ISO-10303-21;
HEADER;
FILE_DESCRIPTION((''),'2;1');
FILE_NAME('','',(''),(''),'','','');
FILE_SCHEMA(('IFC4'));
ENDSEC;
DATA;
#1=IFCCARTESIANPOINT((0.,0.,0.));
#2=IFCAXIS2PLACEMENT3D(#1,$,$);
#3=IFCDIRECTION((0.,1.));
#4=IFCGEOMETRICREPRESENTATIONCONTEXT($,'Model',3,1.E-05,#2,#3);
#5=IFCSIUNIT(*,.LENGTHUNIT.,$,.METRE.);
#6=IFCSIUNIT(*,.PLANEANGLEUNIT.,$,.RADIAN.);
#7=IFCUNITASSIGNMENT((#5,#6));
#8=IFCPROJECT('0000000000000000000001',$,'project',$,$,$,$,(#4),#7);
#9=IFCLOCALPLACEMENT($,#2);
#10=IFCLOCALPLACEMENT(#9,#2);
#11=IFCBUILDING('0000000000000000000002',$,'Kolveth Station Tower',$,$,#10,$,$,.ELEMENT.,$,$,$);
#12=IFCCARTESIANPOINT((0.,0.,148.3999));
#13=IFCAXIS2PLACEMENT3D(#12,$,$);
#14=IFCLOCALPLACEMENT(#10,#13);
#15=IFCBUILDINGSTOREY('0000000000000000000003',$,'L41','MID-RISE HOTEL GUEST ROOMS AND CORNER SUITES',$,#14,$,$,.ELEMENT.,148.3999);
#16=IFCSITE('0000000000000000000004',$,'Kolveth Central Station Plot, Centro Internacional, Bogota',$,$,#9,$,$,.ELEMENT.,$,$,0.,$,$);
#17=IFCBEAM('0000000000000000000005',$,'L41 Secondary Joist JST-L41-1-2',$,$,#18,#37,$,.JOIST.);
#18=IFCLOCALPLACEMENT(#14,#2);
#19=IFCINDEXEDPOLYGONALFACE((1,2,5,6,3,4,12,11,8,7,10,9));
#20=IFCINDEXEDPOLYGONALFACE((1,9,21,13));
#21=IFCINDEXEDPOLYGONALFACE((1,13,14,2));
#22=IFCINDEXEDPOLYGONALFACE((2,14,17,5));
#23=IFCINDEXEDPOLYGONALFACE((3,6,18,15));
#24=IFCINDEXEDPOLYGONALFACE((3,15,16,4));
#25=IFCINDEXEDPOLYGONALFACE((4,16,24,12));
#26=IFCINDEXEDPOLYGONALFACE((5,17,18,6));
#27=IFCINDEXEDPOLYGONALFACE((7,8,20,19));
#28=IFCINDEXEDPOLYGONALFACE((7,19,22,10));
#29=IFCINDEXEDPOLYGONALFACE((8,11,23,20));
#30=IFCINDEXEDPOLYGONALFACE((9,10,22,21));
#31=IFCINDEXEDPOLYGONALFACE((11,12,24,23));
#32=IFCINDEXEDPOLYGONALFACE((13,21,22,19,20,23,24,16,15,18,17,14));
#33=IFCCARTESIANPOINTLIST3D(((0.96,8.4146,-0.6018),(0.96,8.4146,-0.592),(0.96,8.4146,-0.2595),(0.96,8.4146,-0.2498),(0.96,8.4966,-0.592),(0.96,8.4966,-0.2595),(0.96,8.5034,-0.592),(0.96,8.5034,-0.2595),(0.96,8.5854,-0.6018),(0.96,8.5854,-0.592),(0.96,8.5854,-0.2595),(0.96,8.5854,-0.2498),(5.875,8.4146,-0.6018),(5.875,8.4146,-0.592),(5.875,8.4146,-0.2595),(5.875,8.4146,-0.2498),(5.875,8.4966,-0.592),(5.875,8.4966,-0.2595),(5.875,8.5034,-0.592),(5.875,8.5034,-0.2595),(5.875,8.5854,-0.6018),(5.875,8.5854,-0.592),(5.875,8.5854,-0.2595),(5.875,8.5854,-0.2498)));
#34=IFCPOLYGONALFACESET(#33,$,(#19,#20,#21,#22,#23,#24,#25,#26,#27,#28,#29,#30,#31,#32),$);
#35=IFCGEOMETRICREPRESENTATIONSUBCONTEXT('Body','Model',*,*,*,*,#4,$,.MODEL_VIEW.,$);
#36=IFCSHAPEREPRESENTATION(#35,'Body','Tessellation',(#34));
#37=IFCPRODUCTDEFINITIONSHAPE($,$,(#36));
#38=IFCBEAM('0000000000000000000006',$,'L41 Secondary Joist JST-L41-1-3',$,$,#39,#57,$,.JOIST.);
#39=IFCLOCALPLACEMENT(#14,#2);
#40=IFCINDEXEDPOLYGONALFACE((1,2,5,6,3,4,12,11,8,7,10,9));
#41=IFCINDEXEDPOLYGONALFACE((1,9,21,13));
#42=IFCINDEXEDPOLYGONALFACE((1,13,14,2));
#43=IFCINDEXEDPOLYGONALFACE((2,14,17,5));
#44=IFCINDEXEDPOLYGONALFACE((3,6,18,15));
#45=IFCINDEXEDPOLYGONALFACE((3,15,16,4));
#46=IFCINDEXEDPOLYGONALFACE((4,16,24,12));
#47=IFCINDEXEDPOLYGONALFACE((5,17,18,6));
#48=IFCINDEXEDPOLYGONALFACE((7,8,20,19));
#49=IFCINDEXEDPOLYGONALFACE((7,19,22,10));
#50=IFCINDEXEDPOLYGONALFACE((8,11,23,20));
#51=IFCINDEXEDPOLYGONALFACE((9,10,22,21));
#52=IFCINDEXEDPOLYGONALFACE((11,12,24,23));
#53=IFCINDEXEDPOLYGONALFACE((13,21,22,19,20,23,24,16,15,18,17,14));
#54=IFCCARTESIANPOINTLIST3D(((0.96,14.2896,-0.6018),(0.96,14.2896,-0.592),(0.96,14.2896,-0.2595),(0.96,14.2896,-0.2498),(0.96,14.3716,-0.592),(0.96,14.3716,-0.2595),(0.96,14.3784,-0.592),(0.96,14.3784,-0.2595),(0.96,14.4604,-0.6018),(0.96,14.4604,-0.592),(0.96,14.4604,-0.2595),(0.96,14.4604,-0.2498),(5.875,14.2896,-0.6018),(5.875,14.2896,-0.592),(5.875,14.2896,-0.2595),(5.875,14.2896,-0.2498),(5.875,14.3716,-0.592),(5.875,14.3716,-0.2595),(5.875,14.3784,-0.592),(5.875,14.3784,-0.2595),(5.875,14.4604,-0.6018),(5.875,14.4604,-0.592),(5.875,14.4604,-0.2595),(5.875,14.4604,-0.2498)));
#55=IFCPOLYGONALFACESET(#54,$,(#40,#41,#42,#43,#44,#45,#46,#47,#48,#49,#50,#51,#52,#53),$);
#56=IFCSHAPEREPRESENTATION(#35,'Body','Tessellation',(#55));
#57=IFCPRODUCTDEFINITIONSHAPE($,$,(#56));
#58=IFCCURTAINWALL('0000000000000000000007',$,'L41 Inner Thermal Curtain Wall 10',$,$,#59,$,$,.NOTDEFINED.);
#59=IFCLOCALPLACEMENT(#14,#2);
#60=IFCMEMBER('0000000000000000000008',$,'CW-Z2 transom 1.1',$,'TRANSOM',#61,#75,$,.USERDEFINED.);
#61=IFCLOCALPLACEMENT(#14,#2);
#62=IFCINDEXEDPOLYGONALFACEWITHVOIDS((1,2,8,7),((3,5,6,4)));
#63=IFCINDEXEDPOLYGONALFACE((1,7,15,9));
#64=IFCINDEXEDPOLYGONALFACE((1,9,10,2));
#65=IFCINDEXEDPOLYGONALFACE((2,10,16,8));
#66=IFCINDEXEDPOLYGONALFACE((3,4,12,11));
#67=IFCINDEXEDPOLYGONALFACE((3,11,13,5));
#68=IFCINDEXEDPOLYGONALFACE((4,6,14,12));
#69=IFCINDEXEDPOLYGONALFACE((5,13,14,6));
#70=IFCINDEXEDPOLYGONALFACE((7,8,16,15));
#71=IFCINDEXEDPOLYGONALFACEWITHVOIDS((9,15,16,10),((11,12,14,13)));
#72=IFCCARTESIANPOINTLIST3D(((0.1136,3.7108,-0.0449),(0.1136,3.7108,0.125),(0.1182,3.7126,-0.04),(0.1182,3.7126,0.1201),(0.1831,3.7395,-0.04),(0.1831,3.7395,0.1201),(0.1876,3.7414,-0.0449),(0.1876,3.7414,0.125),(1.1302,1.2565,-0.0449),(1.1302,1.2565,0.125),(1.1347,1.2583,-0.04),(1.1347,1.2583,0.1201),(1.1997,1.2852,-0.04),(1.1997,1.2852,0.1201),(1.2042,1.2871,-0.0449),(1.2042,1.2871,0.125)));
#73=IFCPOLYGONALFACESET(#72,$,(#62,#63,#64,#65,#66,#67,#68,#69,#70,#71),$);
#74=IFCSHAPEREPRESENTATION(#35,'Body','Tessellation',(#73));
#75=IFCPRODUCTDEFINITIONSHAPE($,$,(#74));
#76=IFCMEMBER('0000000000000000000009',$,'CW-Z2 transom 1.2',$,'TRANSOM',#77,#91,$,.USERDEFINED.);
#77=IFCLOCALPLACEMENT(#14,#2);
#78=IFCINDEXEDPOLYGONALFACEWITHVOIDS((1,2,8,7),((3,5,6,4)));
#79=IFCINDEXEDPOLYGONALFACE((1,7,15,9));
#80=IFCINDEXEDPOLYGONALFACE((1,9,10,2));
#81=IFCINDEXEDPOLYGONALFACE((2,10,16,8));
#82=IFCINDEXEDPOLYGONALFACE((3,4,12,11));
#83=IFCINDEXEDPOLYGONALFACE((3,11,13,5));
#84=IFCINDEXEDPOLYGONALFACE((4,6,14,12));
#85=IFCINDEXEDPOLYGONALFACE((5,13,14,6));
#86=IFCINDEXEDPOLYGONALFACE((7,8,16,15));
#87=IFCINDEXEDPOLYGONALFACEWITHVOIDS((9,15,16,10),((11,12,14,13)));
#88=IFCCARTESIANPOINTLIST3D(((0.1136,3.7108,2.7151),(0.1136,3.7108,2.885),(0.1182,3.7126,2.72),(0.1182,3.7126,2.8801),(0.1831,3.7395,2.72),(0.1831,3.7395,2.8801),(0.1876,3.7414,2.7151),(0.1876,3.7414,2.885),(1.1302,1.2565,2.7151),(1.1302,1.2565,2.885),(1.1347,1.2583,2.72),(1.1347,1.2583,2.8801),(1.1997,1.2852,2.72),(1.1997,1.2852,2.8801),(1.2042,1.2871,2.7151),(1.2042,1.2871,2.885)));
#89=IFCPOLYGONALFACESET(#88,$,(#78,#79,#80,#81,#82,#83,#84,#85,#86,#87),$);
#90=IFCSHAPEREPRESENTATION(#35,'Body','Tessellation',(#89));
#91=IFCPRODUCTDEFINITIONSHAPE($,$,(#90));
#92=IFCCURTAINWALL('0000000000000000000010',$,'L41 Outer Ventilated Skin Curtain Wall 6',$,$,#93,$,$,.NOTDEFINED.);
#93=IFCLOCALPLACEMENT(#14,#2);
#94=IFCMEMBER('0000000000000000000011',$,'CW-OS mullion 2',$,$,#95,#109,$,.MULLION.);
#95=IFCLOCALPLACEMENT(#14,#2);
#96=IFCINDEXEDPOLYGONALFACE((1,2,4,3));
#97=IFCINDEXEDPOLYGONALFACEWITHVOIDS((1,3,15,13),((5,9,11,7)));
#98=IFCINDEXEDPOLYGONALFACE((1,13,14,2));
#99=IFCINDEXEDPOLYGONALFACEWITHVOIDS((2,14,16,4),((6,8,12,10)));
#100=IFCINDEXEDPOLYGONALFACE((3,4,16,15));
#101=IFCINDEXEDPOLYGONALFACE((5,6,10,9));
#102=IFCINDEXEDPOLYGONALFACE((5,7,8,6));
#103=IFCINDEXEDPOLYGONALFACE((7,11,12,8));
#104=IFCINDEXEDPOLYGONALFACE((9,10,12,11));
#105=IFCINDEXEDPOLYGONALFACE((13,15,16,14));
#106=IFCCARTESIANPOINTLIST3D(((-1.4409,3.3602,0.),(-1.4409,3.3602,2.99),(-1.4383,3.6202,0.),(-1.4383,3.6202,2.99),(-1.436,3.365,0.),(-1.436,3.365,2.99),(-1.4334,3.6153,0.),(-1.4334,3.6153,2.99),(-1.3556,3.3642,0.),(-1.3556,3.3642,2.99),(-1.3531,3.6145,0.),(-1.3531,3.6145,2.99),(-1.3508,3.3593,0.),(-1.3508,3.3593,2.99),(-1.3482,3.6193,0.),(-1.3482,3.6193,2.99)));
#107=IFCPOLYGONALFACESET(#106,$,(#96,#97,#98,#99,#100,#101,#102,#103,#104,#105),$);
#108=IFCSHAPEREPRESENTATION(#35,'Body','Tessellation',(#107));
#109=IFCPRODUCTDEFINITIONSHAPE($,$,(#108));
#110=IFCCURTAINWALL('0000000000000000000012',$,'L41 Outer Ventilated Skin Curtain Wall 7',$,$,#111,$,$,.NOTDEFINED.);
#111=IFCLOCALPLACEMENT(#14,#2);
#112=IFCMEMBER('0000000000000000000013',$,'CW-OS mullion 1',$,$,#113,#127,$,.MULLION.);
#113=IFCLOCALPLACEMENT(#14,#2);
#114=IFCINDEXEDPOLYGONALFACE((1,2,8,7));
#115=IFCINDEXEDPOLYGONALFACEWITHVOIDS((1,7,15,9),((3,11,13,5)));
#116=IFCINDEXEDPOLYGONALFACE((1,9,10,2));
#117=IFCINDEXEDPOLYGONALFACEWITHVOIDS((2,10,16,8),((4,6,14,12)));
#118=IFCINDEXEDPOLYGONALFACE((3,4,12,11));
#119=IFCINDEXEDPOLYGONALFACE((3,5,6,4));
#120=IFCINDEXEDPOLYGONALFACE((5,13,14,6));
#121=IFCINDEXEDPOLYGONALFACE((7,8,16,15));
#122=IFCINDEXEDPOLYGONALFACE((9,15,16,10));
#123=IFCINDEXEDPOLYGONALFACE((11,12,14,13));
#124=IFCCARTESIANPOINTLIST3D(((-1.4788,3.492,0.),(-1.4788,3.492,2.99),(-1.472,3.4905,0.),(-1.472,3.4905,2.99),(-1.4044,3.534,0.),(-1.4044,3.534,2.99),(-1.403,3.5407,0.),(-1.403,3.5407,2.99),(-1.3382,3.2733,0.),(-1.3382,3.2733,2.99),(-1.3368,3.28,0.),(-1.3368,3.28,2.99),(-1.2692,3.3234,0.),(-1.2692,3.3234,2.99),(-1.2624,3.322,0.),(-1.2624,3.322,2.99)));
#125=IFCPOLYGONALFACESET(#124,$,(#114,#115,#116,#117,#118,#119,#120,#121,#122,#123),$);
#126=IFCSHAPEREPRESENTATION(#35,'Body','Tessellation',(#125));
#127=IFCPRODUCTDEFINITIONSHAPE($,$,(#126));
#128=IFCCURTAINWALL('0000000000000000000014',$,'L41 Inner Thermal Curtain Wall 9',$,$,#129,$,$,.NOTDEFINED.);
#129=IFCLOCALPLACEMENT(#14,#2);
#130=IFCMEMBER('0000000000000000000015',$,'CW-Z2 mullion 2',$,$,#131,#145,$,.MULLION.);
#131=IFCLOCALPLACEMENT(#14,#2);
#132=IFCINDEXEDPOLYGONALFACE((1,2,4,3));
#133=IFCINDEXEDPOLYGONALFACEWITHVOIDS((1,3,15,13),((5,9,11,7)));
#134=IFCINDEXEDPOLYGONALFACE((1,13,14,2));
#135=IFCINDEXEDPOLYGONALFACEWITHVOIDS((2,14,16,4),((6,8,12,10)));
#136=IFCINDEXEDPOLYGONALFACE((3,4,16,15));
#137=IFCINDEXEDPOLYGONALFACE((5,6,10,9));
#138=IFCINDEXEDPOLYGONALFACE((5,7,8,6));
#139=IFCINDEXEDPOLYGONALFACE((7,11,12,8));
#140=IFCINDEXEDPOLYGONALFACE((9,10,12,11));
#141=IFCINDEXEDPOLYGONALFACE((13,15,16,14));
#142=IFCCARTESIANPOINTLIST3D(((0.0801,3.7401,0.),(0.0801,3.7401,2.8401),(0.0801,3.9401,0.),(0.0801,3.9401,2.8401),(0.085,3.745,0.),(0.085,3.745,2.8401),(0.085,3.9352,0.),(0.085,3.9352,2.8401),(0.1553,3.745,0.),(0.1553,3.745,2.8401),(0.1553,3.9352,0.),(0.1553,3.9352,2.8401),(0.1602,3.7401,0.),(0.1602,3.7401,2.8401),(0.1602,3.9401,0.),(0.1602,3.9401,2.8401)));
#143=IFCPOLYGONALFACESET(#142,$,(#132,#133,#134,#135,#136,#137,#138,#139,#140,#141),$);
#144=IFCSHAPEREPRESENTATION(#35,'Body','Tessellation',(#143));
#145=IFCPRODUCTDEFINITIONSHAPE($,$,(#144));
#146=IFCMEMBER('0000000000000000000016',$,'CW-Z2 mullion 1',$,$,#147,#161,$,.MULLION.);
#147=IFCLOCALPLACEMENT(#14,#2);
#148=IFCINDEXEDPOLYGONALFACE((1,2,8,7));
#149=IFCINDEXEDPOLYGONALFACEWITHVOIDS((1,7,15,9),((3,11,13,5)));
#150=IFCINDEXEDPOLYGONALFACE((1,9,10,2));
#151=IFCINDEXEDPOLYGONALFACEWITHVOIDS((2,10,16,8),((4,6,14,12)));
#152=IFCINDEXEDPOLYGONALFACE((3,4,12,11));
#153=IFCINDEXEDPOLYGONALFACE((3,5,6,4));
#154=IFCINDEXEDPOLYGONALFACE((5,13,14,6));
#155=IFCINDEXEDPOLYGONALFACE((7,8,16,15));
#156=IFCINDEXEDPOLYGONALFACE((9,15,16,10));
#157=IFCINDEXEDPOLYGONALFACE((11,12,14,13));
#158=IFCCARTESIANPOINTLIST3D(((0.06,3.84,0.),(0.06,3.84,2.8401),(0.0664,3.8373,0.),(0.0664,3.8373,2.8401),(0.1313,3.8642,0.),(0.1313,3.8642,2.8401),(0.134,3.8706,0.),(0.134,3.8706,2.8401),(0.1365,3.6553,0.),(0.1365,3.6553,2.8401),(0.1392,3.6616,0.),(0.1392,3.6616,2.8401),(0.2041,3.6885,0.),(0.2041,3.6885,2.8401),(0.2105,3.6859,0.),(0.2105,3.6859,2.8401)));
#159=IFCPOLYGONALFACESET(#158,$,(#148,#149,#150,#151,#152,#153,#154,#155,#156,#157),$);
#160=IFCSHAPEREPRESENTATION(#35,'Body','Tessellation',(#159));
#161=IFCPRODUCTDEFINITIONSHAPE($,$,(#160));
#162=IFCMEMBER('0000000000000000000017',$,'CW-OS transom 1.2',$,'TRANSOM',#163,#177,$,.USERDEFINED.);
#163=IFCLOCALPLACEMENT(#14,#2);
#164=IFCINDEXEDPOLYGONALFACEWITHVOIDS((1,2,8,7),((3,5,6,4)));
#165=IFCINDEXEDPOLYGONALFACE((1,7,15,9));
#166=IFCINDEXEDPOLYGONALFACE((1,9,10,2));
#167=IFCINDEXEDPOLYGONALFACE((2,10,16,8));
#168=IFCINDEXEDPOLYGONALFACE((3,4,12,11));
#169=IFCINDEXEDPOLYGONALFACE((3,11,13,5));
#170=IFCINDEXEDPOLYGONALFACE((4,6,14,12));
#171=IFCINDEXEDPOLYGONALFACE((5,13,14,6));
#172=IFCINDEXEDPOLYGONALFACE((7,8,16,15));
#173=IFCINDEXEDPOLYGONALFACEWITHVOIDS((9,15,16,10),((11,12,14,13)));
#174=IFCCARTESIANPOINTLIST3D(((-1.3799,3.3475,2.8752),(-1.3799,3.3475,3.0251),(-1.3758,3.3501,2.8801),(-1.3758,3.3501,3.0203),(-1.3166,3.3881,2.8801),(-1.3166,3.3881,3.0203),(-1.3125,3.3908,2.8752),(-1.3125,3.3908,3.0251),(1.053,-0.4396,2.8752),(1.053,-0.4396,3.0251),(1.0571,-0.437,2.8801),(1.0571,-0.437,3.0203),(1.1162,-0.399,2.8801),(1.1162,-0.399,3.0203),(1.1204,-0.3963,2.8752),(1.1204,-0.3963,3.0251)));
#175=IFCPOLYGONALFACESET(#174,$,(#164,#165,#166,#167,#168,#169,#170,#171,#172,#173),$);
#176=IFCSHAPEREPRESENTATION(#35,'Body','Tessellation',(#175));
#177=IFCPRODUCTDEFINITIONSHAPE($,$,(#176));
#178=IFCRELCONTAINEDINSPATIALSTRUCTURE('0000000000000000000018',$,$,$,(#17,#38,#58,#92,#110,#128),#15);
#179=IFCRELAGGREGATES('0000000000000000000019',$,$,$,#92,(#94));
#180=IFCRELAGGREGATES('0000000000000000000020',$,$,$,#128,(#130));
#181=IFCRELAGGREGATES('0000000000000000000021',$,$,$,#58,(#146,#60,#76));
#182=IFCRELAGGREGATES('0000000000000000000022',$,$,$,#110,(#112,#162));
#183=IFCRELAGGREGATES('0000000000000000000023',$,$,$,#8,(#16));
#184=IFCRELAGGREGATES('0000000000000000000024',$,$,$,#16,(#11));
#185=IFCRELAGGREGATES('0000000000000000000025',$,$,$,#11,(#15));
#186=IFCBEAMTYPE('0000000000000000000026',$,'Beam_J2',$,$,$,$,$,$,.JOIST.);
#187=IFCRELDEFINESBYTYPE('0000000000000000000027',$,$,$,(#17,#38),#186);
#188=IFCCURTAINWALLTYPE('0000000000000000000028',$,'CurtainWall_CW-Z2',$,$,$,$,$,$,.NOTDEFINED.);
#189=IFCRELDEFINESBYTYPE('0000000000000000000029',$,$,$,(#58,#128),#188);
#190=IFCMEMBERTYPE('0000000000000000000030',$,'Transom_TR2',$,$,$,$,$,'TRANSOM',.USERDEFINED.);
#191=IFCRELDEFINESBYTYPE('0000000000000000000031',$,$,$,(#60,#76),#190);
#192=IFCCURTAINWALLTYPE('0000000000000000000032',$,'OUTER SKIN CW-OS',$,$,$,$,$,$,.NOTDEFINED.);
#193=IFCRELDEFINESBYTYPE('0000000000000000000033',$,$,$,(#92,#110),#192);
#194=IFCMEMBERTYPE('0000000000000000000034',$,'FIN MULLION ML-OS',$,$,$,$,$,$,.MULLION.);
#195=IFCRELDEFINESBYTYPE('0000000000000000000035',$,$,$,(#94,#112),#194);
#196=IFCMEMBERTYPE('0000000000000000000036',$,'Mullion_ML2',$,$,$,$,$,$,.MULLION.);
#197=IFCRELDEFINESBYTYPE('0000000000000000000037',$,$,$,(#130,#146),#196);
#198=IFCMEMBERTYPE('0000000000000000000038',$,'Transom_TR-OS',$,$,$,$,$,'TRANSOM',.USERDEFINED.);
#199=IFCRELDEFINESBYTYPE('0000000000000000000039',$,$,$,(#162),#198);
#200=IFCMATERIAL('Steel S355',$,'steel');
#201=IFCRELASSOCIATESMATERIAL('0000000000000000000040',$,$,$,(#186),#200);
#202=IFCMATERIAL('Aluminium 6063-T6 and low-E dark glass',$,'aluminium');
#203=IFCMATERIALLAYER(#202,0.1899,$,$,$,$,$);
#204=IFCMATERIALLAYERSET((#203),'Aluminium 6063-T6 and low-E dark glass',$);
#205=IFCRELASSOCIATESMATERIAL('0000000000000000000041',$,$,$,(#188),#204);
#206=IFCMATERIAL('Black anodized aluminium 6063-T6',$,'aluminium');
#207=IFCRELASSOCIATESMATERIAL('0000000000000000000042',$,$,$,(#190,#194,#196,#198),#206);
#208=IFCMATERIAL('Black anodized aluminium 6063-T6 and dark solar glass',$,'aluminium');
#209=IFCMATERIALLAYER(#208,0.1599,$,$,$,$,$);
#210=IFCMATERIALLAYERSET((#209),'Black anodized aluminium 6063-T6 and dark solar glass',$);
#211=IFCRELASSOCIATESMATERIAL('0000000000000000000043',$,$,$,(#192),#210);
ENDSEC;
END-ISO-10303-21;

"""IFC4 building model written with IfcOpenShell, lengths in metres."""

from ifc_helpers import new_model, si_unit, direction, frame, origin, origin_2d, place, context, subcontext, project, spatial, hollow_rectangle, i_section, extrude, source, transform, mapped, material, layer, layer_set, material_profile, profile_set, type_object, element, aggregate, save


model = new_model("IFC4")

# Units and contexts
model_context = context("Model", 3, precision=1e-05, world=origin(), true_north=direction((0.0, 1.0)))
body_context = subcontext(model_context, "Body", "Model", "MODEL_VIEW")
ifc_project = project(units=[si_unit("LENGTHUNIT", "METRE"), si_unit("PLANEANGLEUNIT", "RADIAN")], contexts=[model_context])

# Site, building, storey
site_placement = place(None, origin())
site = spatial("IfcSite", under=ifc_project, at=site_placement, Name="Kolveth Central Station Plot, Centro Internacional, Bogota", CompositionType="ELEMENT", RefElevation=0.0)
building_placement = place(site_placement, origin())
building = spatial("IfcBuilding", under=site, at=building_placement, Name="Kolveth Station Tower", CompositionType="ELEMENT")
storey_placement = place(building_placement, frame((0.0, 0.0, 148.3999)))
storey = spatial("IfcBuildingStorey", under=building, at=storey_placement, Name="L41", Description="MID-RISE HOTEL GUEST ROOMS AND CORNER SUITES", CompositionType="ELEMENT", Elevation=148.3999)

# Beams
ifc_material_1 = material(Name="Steel S355", Category="steel")
ifc_material_profile_1 = material_profile(ifc_material_1, i_section(OverallWidth=0.1709, OverallDepth=0.3521, WebThickness=0.0068, FlangeThickness=0.0098, at=origin_2d()), Name="W360x44")
ifc_profile_set_1 = profile_set([ifc_material_profile_1], Name="Steel S355")
beam_type_1 = type_object("IfcBeamType", Name="Beam_J2", PredefinedType="JOIST", material=ifc_profile_set_1)
shared_shape_1 = source(origin(), body_context, "Body", "SweptSolid", [
    extrude(i_section(OverallWidth=0.1709, OverallDepth=0.3521, WebThickness=0.0068, FlangeThickness=0.0098, at=origin_2d()), origin(), (0.0, 0.0, 1.0), 4.915),
])
for number, where, z_axis, x_axis, name in (
    (1, (0.96, 8.5, -0.4258), (1.0, 0.0, 0.0), (0.0, 1.0, 0.0), "L41 Secondary Joist JST-L41-1-2"),
    (2, (0.96, 14.375, -0.4258), (1.0, 0.0, 0.0), (0.0, 1.0, 0.0), "L41 Secondary Joist JST-L41-1-3"),
):
    element("IfcBeam", number, at=place(storey_placement, frame(where, z_axis=z_axis, x_axis=x_axis)), inside=storey, type_object=beam_type_1, Name=name, PredefinedType="JOIST", context=body_context, shape_type="MappedRepresentation", body=[
        mapped(shared_shape_1, transform((0.0, 0.0, 0.0), x_axis=(1.0, 0.0, 0.0), y_axis=(0.0, 1.0, 0.0), z_axis=(0.0, 0.0, 1.0), scale=1.0)),
    ])

# Curtain wall, members
ifc_material_2 = material(Name="Aluminium 6063-T6 and low-E dark glass", Category="aluminium")
ifc_layer_1 = layer(ifc_material_2, 0.1899)
ifc_layer_set_1 = layer_set([ifc_layer_1], Name="Aluminium 6063-T6 and low-E dark glass")
curtain_wall_type_1 = type_object("IfcCurtainWallType", Name="CurtainWall_CW-Z2", PredefinedType="NOTDEFINED", material=ifc_layer_set_1)
curtain_wall_1_placement = place(storey_placement, origin())
curtain_wall_1 = element("IfcCurtainWall", 3, at=curtain_wall_1_placement, inside=storey, type_object=curtain_wall_type_1, Name="L41 Inner Thermal Curtain Wall 10", PredefinedType="NOTDEFINED")
ifc_material_3 = material(Name="Black anodized aluminium 6063-T6", Category="aluminium")
ifc_material_profile_2 = material_profile(ifc_material_3, hollow_rectangle(XDim=0.0801, YDim=0.1699, WallThickness=0.0049, at=origin_2d()), Name="ALU-80x170x5")
ifc_profile_set_2 = profile_set([ifc_material_profile_2], Name="Black anodized aluminium 6063-T6")
member_type_1 = type_object("IfcMemberType", Name="Transom_TR2", ElementType="TRANSOM", PredefinedType="USERDEFINED", material=ifc_profile_set_2)
shared_shape_2 = source(origin(), body_context, "Body", "SweptSolid", [
    extrude(hollow_rectangle(XDim=0.0801, YDim=0.1699, WallThickness=0.0049, at=origin_2d()), origin(), (0.0, 0.0, 1.0), 2.6565),
])
member_1_placement = place(storey_placement, frame((0.1506, 3.7261, 0.04), z_axis=(0.382676, -0.923882, 0.0), x_axis=(0.923882, 0.382676, 0.0)))
member_1 = element("IfcMember", 4, at=member_1_placement, type_object=member_type_1, Name="CW-Z2 transom 1.1", ObjectType="TRANSOM", PredefinedType="USERDEFINED", context=body_context, shape_type="MappedRepresentation", body=[
    mapped(shared_shape_2, transform((0.0, 0.0, 0.0), x_axis=(1.0, 0.0, 0.0), y_axis=(0.0, 1.0, 0.0), z_axis=(0.0, 0.0, 1.0), scale=1.0)),
])
member_2_placement = place(storey_placement, frame((0.1506, 3.7261, 2.8), z_axis=(0.382676, -0.923882, 0.0), x_axis=(0.923882, 0.382676, 0.0)))
member_2 = element("IfcMember", 5, at=member_2_placement, type_object=member_type_1, Name="CW-Z2 transom 1.2", ObjectType="TRANSOM", PredefinedType="USERDEFINED", context=body_context, shape_type="MappedRepresentation", body=[
    mapped(shared_shape_2, transform((0.0, 0.0, 0.0), x_axis=(1.0, 0.0, 0.0), y_axis=(0.0, 1.0, 0.0), z_axis=(0.0, 0.0, 1.0), scale=1.0)),
])

# Curtain walls, members
ifc_material_4 = material(Name="Black anodized aluminium 6063-T6 and dark solar glass", Category="aluminium")
ifc_layer_2 = layer(ifc_material_4, 0.1599)
ifc_layer_set_2 = layer_set([ifc_layer_2], Name="Black anodized aluminium 6063-T6 and dark solar glass")
curtain_wall_type_2 = type_object("IfcCurtainWallType", Name="OUTER SKIN CW-OS", PredefinedType="NOTDEFINED", material=ifc_layer_set_2)
curtain_wall_2_placement = place(storey_placement, origin())
curtain_wall_2 = element("IfcCurtainWall", 6, at=curtain_wall_2_placement, inside=storey, type_object=curtain_wall_type_2, Name="L41 Outer Ventilated Skin Curtain Wall 6", PredefinedType="NOTDEFINED")
ifc_material_profile_3 = material_profile(ifc_material_3, hollow_rectangle(XDim=0.0901, YDim=0.26, WallThickness=0.0049, at=origin_2d()), Name="ALU-90x260x5")
ifc_profile_set_3 = profile_set([ifc_material_profile_3], Name="Black anodized aluminium 6063-T6")
member_type_2 = type_object("IfcMemberType", Name="FIN MULLION ML-OS", PredefinedType="MULLION", material=ifc_profile_set_3)
shared_shape_3 = source(origin(), body_context, "Body", "SweptSolid", [
    extrude(hollow_rectangle(XDim=0.0901, YDim=0.26, WallThickness=0.0049, at=origin_2d()), origin(), (0.0, 0.0, 1.0), 2.99),
])
member_3_placement = place(storey_placement, frame((-1.3945, 3.4897, 0.0), z_axis=(0.0, 0.0, 1.0), x_axis=(0.999949, -0.010109, 0.0)))
member_3 = element("IfcMember", 7, at=member_3_placement, type_object=member_type_2, Name="CW-OS mullion 2", PredefinedType="MULLION", context=body_context, shape_type="MappedRepresentation", body=[
    mapped(shared_shape_3, transform((0.0, 0.0, 0.0), x_axis=(1.0, 0.0, 0.0), y_axis=(0.0, 1.0, 0.0), z_axis=(0.0, 0.0, 1.0), scale=1.0)),
])
aggregate(curtain_wall_2, [member_3])
curtain_wall_3_placement = place(storey_placement, origin())
curtain_wall_3 = element("IfcCurtainWall", 8, at=curtain_wall_3_placement, inside=storey, type_object=curtain_wall_type_2, Name="L41 Outer Ventilated Skin Curtain Wall 7", PredefinedType="NOTDEFINED")
member_4_placement = place(storey_placement, frame((-1.3706, 3.407, 0.0), z_axis=(0.0, 0.0, 1.0), x_axis=(0.841337, 0.540511, 0.0)))
member_4 = element("IfcMember", 9, at=member_4_placement, type_object=member_type_2, Name="CW-OS mullion 1", PredefinedType="MULLION", context=body_context, shape_type="MappedRepresentation", body=[
    mapped(shared_shape_3, transform((0.0, 0.0, 0.0), x_axis=(1.0, 0.0, 0.0), y_axis=(0.0, 1.0, 0.0), z_axis=(0.0, 0.0, 1.0), scale=1.0)),
])
curtain_wall_4_placement = place(storey_placement, origin())
curtain_wall_4 = element("IfcCurtainWall", 10, at=curtain_wall_4_placement, inside=storey, type_object=curtain_wall_type_1, Name="L41 Inner Thermal Curtain Wall 9", PredefinedType="NOTDEFINED")
ifc_material_profile_4 = material_profile(ifc_material_3, hollow_rectangle(XDim=0.0801, YDim=0.2, WallThickness=0.0049, at=origin_2d()), Name="ALU-80x200x5")
ifc_profile_set_4 = profile_set([ifc_material_profile_4], Name="Black anodized aluminium 6063-T6")
member_type_3 = type_object("IfcMemberType", Name="Mullion_ML2", PredefinedType="MULLION", material=ifc_profile_set_4)
shared_shape_4 = source(origin(), body_context, "Body", "SweptSolid", [
    extrude(hollow_rectangle(XDim=0.0801, YDim=0.2, WallThickness=0.0049, at=origin_2d()), origin(), (0.0, 0.0, 1.0), 2.8401),
])
member_5_placement = place(storey_placement, frame((0.1201, 3.8401, 0.0), z_axis=(0.0, 0.0, 1.0), x_axis=(1.0, 0.0, 0.0)))
member_5 = element("IfcMember", 11, at=member_5_placement, type_object=member_type_3, Name="CW-Z2 mullion 2", PredefinedType="MULLION", context=body_context, shape_type="MappedRepresentation", body=[
    mapped(shared_shape_4, transform((0.0, 0.0, 0.0), x_axis=(1.0, 0.0, 0.0), y_axis=(0.0, 1.0, 0.0), z_axis=(0.0, 0.0, 1.0), scale=1.0)),
])
aggregate(curtain_wall_4, [member_5])

# Members
member_6_placement = place(storey_placement, frame((0.1353, 3.7629, 0.0), z_axis=(0.0, 0.0, 1.0), x_axis=(0.923888, 0.382663, 0.0)))
member_6 = element("IfcMember", 12, at=member_6_placement, type_object=member_type_3, Name="CW-Z2 mullion 1", PredefinedType="MULLION", context=body_context, shape_type="MappedRepresentation", body=[
    mapped(shared_shape_4, transform((0.0, 0.0, 0.0), x_axis=(1.0, 0.0, 0.0), y_axis=(0.0, 1.0, 0.0), z_axis=(0.0, 0.0, 1.0), scale=1.0)),
])
aggregate(curtain_wall_1, [member_6, member_1, member_2])
ifc_material_profile_5 = material_profile(ifc_material_3, hollow_rectangle(XDim=0.0801, YDim=0.1499, WallThickness=0.0049, at=origin_2d()), Name="ALU-80x150x5")
ifc_profile_set_5 = profile_set([ifc_material_profile_5], Name="Black anodized aluminium 6063-T6")
member_type_4 = type_object("IfcMemberType", Name="Transom_TR-OS", ElementType="TRANSOM", PredefinedType="USERDEFINED", material=ifc_profile_set_5)
shared_shape_5 = source(origin(), body_context, "Body", "SweptSolid", [
    extrude(hollow_rectangle(XDim=0.0801, YDim=0.1499, WallThickness=0.0049, at=origin_2d()), origin(), (0.0, 0.0, 1.0), 4.5012),
])
member_7_placement = place(storey_placement, frame((-1.3462, 3.3691, 2.9502), z_axis=(0.540489, -0.841351, 0.0), x_axis=(0.841351, 0.540489, 0.0)))
member_7 = element("IfcMember", 13, at=member_7_placement, type_object=member_type_4, Name="CW-OS transom 1.2", ObjectType="TRANSOM", PredefinedType="USERDEFINED", context=body_context, shape_type="MappedRepresentation", body=[
    mapped(shared_shape_5, transform((0.0, 0.0, 0.0), x_axis=(1.0, 0.0, 0.0), y_axis=(0.0, 1.0, 0.0), z_axis=(0.0, 0.0, 1.0), scale=1.0)),
])
aggregate(curtain_wall_3, [member_4, member_7])

save(model, "model.ifc")
